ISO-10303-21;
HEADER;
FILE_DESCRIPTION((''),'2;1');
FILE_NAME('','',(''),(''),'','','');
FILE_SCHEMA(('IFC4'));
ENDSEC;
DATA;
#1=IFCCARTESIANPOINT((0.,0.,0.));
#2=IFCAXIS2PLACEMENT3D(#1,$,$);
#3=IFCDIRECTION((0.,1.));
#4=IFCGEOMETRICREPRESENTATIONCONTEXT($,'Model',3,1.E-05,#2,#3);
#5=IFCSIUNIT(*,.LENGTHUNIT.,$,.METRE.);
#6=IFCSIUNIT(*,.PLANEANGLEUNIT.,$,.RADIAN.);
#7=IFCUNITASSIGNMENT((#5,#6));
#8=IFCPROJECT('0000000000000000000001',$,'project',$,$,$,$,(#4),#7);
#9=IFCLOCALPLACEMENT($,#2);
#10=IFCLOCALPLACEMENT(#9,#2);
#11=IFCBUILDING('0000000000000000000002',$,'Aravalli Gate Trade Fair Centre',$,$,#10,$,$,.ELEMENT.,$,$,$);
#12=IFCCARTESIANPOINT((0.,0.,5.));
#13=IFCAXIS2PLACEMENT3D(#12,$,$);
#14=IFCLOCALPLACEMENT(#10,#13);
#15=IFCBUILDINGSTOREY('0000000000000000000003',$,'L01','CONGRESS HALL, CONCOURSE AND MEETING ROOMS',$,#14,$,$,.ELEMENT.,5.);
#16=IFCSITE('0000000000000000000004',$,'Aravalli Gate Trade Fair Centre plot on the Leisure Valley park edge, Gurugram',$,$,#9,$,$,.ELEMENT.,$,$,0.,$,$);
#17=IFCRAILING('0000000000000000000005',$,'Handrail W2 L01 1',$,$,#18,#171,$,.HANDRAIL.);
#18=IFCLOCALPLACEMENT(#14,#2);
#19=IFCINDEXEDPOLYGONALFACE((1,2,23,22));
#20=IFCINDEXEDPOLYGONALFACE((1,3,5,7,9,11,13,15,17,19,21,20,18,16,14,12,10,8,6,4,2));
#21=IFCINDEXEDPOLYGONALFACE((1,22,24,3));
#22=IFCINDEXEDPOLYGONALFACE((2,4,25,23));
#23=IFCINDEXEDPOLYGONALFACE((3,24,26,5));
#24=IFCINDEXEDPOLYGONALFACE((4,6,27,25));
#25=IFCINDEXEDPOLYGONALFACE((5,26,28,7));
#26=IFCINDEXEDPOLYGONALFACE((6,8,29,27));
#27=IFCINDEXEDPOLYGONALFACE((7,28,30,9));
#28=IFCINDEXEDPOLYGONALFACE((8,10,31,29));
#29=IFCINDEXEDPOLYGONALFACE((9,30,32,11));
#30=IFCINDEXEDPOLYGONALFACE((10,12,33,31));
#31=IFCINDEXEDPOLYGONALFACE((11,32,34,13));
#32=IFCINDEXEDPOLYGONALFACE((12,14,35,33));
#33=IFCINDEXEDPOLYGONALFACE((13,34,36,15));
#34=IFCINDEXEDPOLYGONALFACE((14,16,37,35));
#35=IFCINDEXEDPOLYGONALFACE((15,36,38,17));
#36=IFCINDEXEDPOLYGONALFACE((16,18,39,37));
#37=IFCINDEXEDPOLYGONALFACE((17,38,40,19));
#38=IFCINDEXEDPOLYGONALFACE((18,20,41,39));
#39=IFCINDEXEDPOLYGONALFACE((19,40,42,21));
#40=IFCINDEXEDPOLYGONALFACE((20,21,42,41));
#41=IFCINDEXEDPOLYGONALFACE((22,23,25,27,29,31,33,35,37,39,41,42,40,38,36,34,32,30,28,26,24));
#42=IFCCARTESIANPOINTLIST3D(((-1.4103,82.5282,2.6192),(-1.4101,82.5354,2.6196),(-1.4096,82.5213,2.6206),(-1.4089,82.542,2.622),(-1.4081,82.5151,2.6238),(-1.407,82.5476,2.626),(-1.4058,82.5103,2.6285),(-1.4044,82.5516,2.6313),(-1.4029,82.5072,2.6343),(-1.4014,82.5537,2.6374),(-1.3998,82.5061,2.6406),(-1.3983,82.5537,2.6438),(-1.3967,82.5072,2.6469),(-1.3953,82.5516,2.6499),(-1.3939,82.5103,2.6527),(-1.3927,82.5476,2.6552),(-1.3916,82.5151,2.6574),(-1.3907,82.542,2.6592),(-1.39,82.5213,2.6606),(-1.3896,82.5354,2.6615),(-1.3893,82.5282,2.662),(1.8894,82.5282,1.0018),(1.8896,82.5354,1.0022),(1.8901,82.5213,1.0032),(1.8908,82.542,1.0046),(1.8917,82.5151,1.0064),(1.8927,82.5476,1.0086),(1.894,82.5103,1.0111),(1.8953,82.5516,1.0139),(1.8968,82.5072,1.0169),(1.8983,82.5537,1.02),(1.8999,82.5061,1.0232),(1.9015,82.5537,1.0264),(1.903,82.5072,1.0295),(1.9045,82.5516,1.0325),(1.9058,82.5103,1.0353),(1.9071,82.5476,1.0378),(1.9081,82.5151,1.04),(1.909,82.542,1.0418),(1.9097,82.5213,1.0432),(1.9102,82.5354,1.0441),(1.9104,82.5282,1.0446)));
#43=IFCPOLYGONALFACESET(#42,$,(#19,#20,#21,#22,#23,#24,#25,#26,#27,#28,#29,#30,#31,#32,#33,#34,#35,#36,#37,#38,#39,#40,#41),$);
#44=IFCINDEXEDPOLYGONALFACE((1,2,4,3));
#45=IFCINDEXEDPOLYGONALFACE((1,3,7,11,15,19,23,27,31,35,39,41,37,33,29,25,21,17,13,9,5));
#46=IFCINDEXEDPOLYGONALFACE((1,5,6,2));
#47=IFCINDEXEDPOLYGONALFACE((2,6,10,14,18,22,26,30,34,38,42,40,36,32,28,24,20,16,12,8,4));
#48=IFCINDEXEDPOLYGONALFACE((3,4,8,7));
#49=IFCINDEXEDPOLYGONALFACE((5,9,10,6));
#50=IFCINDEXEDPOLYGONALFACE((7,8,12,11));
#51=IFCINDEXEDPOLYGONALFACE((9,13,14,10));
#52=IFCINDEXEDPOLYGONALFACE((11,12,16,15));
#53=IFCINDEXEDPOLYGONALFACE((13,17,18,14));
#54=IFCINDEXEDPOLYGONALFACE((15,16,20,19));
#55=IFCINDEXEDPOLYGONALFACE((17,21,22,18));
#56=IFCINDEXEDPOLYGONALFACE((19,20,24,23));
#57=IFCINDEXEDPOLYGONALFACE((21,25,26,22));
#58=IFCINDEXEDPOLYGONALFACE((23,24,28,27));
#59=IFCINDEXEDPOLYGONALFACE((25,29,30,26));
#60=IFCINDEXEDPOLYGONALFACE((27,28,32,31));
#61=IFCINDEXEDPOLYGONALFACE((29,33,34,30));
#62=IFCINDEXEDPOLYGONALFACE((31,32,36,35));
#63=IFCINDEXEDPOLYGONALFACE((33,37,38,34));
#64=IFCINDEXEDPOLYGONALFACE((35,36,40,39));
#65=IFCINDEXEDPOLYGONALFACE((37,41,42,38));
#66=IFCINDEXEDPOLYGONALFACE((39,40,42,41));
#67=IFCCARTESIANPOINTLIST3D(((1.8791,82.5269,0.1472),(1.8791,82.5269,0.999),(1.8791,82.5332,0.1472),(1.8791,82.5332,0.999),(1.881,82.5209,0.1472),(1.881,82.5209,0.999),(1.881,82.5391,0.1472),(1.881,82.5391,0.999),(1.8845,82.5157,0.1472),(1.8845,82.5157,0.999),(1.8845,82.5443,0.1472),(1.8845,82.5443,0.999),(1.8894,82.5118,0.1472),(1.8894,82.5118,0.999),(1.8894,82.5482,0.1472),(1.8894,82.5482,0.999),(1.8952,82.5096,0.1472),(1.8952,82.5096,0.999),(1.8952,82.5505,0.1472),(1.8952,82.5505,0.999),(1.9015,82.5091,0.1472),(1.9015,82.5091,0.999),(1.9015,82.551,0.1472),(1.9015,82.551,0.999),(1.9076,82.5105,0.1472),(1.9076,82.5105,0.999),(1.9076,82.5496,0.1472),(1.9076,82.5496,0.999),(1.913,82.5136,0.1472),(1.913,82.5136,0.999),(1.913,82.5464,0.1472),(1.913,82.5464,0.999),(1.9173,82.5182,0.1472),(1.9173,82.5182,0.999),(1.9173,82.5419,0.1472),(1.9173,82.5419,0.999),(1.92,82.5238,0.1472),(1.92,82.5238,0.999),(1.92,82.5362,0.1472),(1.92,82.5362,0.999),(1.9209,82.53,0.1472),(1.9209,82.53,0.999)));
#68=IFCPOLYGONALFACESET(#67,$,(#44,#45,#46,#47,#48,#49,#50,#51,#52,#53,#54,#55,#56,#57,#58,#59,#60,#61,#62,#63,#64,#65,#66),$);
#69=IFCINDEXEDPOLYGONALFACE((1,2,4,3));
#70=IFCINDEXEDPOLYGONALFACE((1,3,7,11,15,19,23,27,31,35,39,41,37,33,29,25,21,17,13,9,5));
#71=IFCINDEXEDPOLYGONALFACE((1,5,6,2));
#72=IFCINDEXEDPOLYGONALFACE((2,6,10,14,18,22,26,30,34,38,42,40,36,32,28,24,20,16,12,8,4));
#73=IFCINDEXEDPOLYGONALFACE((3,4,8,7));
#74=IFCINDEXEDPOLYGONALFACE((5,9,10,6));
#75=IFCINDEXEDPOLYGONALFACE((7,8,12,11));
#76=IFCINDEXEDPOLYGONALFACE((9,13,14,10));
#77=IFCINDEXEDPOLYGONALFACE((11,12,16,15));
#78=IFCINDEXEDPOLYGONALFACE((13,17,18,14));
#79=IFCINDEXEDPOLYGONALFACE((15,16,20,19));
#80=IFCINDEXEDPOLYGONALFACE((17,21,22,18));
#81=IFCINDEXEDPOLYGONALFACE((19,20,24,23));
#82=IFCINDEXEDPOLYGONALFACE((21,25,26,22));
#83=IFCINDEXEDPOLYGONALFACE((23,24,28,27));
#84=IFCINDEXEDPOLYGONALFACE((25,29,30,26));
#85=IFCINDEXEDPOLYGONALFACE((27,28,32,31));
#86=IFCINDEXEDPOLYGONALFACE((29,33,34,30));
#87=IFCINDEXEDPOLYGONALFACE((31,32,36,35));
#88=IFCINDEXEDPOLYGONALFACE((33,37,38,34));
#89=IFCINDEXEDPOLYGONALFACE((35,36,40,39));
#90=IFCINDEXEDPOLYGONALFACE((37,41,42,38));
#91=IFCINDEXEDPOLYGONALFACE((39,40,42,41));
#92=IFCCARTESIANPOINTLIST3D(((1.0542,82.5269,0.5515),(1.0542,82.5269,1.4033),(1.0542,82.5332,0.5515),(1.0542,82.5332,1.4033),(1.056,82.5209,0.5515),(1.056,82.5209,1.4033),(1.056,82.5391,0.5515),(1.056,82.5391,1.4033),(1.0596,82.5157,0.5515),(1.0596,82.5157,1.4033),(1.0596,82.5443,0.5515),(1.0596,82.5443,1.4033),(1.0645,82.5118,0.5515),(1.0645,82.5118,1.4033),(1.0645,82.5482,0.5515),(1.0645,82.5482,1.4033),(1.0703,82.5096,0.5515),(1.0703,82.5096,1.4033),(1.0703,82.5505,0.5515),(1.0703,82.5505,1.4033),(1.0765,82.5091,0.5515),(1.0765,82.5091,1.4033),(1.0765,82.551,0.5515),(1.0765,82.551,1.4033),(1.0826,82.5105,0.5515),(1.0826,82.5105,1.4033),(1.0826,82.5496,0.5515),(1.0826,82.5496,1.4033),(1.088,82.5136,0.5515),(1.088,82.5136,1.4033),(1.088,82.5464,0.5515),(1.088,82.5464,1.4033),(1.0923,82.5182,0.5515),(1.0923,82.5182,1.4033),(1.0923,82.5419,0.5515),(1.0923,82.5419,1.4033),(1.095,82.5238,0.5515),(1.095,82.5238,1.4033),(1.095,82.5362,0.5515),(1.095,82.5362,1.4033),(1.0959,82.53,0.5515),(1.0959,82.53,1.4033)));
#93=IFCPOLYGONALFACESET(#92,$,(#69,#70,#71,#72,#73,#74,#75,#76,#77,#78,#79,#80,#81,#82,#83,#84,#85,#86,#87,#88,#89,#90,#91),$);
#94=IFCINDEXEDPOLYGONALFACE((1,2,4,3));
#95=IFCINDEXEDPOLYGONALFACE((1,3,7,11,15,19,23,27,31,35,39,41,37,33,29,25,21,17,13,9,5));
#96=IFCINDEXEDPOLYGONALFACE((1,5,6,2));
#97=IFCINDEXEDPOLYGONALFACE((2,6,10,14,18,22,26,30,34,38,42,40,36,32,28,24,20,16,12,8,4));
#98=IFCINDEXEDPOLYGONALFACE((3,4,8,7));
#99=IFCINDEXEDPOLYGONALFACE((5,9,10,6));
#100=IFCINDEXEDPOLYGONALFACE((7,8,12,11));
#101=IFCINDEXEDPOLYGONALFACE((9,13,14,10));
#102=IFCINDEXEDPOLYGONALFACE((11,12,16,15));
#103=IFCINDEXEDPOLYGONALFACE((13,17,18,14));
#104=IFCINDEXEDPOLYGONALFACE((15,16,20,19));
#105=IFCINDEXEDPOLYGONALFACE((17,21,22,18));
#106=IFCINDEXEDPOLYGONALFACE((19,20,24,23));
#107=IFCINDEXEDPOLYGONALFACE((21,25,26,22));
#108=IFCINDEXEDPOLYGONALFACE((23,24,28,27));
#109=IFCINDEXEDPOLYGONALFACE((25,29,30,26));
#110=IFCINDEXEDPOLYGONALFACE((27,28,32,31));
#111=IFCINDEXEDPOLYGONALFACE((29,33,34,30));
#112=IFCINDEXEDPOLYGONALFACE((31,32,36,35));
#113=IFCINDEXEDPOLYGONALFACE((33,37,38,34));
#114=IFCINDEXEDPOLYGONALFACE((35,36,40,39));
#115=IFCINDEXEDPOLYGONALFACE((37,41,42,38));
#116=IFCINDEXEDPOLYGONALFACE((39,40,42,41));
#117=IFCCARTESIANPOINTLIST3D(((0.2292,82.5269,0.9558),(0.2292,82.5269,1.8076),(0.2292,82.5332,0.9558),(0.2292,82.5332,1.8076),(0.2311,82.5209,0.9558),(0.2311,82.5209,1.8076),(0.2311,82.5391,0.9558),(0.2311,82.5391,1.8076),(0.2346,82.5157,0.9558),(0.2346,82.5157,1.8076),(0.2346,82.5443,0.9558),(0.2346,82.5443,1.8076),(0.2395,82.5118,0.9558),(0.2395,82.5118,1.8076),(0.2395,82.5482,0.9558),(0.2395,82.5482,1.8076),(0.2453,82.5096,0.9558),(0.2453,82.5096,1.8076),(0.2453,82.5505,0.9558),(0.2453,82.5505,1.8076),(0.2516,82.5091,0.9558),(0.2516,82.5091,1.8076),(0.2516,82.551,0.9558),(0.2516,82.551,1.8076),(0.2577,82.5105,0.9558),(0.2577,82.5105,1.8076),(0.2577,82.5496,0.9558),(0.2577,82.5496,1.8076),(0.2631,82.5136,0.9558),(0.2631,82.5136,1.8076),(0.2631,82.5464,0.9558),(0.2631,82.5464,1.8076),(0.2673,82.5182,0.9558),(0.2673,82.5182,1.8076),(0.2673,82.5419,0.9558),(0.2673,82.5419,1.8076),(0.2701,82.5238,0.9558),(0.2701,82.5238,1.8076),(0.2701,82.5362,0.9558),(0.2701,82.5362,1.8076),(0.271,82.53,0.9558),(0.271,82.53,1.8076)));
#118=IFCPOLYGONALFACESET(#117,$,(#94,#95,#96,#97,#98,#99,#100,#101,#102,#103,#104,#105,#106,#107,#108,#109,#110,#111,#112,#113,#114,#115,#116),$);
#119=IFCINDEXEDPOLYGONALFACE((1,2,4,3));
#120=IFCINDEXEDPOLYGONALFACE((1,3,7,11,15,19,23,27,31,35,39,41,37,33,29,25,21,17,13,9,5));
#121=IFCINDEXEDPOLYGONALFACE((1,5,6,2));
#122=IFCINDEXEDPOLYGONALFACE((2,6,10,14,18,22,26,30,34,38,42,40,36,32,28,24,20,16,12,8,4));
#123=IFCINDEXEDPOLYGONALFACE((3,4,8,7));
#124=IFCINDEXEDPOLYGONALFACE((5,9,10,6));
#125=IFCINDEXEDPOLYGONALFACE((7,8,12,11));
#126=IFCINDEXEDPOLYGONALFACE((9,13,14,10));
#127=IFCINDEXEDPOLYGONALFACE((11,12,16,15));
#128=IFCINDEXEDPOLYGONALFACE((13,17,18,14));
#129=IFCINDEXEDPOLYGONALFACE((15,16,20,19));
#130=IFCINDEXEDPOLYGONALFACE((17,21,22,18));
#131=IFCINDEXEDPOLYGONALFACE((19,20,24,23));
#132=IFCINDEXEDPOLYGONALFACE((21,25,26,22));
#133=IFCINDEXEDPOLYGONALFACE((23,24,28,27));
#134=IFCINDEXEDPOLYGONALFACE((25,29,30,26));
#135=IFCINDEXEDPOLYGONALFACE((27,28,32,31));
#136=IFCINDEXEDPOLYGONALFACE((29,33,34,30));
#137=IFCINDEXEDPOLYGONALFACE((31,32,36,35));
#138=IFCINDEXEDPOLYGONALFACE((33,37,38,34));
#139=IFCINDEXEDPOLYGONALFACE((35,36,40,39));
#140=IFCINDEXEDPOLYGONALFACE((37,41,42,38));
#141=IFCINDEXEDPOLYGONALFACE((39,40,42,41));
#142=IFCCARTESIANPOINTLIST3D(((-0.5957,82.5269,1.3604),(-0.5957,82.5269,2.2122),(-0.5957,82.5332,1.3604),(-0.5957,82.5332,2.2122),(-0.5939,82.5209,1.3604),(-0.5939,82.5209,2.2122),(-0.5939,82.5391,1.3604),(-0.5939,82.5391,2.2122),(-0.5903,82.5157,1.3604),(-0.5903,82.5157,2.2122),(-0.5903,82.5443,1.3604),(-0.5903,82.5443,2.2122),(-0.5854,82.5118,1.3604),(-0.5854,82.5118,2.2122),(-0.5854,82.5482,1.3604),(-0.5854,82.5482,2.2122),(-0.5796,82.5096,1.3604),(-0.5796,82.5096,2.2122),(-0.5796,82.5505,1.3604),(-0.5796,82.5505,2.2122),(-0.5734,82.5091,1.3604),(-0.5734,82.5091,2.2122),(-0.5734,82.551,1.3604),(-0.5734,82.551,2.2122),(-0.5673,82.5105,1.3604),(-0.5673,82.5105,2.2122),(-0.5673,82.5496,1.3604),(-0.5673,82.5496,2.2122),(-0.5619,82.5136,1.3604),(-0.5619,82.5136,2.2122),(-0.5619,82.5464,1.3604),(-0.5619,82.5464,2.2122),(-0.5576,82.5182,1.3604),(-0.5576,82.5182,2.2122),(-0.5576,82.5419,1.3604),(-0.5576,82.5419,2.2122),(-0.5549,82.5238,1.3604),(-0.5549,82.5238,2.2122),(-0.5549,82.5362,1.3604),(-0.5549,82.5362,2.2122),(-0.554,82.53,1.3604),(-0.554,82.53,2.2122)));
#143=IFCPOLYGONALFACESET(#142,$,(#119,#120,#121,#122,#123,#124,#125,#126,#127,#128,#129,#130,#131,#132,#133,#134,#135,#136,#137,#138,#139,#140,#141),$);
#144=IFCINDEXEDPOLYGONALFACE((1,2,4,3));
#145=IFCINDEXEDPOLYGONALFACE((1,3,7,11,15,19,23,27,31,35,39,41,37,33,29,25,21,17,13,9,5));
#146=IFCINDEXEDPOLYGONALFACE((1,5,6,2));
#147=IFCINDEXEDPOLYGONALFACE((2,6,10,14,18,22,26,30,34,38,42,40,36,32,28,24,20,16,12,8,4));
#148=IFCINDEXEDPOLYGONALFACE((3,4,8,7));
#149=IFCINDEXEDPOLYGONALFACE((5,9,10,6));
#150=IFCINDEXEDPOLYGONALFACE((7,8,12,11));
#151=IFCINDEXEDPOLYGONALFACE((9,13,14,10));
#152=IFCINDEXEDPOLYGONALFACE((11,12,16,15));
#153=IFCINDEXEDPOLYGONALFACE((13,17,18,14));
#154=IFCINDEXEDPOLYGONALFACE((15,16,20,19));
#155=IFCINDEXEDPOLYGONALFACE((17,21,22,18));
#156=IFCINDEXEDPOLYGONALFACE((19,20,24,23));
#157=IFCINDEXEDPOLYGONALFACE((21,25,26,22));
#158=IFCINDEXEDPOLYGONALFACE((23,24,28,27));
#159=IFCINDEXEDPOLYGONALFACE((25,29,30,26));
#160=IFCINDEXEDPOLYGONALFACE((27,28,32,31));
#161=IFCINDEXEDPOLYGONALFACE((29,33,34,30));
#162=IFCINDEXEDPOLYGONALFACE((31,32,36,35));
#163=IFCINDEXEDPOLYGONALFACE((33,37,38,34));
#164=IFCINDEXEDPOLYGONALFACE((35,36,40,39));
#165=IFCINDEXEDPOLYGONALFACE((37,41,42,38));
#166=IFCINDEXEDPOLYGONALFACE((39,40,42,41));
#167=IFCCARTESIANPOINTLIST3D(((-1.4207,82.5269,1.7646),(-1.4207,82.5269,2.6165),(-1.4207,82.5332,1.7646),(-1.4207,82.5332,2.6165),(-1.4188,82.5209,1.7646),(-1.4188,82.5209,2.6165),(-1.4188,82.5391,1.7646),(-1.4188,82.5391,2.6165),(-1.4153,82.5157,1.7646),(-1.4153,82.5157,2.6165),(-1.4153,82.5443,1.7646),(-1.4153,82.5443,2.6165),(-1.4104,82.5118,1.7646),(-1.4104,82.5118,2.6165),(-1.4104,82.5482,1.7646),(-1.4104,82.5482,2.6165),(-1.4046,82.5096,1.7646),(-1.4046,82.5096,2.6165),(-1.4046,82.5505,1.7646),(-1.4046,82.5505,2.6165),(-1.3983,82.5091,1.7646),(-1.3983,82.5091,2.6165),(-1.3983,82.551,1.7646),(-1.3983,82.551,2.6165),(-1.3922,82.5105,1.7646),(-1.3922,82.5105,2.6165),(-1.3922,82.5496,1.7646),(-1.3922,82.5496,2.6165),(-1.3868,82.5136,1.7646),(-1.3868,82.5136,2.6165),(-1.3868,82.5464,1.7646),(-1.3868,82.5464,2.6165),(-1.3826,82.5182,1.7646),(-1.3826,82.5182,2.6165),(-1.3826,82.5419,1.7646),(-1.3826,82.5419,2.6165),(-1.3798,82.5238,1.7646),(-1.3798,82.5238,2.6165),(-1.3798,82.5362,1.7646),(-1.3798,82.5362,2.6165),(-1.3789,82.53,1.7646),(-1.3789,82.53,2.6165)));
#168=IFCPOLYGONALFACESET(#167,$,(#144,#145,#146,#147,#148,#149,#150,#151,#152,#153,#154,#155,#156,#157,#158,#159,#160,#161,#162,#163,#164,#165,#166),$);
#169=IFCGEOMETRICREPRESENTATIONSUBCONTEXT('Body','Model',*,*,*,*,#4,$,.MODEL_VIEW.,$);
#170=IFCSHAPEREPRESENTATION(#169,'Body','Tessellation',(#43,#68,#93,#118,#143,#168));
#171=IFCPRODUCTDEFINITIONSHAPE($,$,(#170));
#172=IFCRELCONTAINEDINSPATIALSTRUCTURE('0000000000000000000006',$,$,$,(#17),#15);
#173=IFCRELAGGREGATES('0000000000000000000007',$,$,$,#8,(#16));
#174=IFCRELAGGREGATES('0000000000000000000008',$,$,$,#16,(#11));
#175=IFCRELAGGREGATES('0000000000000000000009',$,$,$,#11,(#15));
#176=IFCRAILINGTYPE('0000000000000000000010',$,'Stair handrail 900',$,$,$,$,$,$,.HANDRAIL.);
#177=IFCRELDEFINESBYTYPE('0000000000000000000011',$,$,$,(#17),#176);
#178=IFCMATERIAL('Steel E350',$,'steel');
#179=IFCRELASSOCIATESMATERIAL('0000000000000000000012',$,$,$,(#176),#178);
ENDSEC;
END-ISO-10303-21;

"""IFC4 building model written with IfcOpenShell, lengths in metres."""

from ifc_helpers import new_model, si_unit, direction, frame, origin, origin_2d, place, context, subcontext, project, spatial, circle, extrude, material, type_object, element, save


model = new_model("IFC4")

# Units and contexts
model_context = context("Model", 3, precision=1e-05, world=origin(), true_north=direction((0.0, 1.0)))
body_context = subcontext(model_context, "Body", "Model", "MODEL_VIEW")
ifc_project = project(units=[si_unit("LENGTHUNIT", "METRE"), si_unit("PLANEANGLEUNIT", "RADIAN")], contexts=[model_context])

# Site, building, storey
site_placement = place(None, origin())
site = spatial("IfcSite", under=ifc_project, at=site_placement, Name="Aravalli Gate Trade Fair Centre plot on the Leisure Valley park edge, Gurugram", CompositionType="ELEMENT", RefElevation=0.0)
building_placement = place(site_placement, origin())
building = spatial("IfcBuilding", under=site, at=building_placement, Name="Aravalli Gate Trade Fair Centre", CompositionType="ELEMENT")
storey_placement = place(building_placement, frame((0.0, 0.0, 5.0)))
storey = spatial("IfcBuildingStorey", under=building, at=storey_placement, Name="L01", Description="CONGRESS HALL, CONCOURSE AND MEETING ROOMS", CompositionType="ELEMENT", Elevation=5.0)

# Railing
ifc_material_1 = material(Name="Steel E350", Category="steel")
railing_type = type_object("IfcRailingType", Name="Stair handrail 900", PredefinedType="HANDRAIL", material=ifc_material_1)
railing_1_placement = place(storey_placement, frame((1.8999, 82.53, 0.1472)))
element("IfcRailing", 1, at=railing_1_placement, inside=storey, type_object=railing_type, Name="Handrail W2 L01 1", PredefinedType="HANDRAIL", context=body_context, shape_type="SweptSolid", body=[
    extrude(circle(Radius=0.0239, at=origin_2d()), frame((0.0, 0.0, 0.876), z_axis=(-0.897934, 0.0, 0.440131), x_axis=(0.0, -1.0, 0.0)), (0.0, 0.0, 1.0), 3.6748),
    extrude(circle(Radius=0.021, at=origin_2d()), origin(), (0.0, 0.0, 1.0), 0.8518),
    extrude(circle(Radius=0.021, at=origin_2d()), frame((-0.825, 0.0, 0.4043)), (0.0, 0.0, 1.0), 0.8518),
    extrude(circle(Radius=0.021, at=origin_2d()), frame((-1.6499, 0.0, 0.8086)), (0.0, 0.0, 1.0), 0.8518),
    extrude(circle(Radius=0.021, at=origin_2d()), frame((-2.4749, 0.0, 1.2131)), (0.0, 0.0, 1.0), 0.8518),
    extrude(circle(Radius=0.021, at=origin_2d()), frame((-3.2998, 0.0, 1.6174)), (0.0, 0.0, 1.0), 0.8518),
])

save(model, "model.ifc")
